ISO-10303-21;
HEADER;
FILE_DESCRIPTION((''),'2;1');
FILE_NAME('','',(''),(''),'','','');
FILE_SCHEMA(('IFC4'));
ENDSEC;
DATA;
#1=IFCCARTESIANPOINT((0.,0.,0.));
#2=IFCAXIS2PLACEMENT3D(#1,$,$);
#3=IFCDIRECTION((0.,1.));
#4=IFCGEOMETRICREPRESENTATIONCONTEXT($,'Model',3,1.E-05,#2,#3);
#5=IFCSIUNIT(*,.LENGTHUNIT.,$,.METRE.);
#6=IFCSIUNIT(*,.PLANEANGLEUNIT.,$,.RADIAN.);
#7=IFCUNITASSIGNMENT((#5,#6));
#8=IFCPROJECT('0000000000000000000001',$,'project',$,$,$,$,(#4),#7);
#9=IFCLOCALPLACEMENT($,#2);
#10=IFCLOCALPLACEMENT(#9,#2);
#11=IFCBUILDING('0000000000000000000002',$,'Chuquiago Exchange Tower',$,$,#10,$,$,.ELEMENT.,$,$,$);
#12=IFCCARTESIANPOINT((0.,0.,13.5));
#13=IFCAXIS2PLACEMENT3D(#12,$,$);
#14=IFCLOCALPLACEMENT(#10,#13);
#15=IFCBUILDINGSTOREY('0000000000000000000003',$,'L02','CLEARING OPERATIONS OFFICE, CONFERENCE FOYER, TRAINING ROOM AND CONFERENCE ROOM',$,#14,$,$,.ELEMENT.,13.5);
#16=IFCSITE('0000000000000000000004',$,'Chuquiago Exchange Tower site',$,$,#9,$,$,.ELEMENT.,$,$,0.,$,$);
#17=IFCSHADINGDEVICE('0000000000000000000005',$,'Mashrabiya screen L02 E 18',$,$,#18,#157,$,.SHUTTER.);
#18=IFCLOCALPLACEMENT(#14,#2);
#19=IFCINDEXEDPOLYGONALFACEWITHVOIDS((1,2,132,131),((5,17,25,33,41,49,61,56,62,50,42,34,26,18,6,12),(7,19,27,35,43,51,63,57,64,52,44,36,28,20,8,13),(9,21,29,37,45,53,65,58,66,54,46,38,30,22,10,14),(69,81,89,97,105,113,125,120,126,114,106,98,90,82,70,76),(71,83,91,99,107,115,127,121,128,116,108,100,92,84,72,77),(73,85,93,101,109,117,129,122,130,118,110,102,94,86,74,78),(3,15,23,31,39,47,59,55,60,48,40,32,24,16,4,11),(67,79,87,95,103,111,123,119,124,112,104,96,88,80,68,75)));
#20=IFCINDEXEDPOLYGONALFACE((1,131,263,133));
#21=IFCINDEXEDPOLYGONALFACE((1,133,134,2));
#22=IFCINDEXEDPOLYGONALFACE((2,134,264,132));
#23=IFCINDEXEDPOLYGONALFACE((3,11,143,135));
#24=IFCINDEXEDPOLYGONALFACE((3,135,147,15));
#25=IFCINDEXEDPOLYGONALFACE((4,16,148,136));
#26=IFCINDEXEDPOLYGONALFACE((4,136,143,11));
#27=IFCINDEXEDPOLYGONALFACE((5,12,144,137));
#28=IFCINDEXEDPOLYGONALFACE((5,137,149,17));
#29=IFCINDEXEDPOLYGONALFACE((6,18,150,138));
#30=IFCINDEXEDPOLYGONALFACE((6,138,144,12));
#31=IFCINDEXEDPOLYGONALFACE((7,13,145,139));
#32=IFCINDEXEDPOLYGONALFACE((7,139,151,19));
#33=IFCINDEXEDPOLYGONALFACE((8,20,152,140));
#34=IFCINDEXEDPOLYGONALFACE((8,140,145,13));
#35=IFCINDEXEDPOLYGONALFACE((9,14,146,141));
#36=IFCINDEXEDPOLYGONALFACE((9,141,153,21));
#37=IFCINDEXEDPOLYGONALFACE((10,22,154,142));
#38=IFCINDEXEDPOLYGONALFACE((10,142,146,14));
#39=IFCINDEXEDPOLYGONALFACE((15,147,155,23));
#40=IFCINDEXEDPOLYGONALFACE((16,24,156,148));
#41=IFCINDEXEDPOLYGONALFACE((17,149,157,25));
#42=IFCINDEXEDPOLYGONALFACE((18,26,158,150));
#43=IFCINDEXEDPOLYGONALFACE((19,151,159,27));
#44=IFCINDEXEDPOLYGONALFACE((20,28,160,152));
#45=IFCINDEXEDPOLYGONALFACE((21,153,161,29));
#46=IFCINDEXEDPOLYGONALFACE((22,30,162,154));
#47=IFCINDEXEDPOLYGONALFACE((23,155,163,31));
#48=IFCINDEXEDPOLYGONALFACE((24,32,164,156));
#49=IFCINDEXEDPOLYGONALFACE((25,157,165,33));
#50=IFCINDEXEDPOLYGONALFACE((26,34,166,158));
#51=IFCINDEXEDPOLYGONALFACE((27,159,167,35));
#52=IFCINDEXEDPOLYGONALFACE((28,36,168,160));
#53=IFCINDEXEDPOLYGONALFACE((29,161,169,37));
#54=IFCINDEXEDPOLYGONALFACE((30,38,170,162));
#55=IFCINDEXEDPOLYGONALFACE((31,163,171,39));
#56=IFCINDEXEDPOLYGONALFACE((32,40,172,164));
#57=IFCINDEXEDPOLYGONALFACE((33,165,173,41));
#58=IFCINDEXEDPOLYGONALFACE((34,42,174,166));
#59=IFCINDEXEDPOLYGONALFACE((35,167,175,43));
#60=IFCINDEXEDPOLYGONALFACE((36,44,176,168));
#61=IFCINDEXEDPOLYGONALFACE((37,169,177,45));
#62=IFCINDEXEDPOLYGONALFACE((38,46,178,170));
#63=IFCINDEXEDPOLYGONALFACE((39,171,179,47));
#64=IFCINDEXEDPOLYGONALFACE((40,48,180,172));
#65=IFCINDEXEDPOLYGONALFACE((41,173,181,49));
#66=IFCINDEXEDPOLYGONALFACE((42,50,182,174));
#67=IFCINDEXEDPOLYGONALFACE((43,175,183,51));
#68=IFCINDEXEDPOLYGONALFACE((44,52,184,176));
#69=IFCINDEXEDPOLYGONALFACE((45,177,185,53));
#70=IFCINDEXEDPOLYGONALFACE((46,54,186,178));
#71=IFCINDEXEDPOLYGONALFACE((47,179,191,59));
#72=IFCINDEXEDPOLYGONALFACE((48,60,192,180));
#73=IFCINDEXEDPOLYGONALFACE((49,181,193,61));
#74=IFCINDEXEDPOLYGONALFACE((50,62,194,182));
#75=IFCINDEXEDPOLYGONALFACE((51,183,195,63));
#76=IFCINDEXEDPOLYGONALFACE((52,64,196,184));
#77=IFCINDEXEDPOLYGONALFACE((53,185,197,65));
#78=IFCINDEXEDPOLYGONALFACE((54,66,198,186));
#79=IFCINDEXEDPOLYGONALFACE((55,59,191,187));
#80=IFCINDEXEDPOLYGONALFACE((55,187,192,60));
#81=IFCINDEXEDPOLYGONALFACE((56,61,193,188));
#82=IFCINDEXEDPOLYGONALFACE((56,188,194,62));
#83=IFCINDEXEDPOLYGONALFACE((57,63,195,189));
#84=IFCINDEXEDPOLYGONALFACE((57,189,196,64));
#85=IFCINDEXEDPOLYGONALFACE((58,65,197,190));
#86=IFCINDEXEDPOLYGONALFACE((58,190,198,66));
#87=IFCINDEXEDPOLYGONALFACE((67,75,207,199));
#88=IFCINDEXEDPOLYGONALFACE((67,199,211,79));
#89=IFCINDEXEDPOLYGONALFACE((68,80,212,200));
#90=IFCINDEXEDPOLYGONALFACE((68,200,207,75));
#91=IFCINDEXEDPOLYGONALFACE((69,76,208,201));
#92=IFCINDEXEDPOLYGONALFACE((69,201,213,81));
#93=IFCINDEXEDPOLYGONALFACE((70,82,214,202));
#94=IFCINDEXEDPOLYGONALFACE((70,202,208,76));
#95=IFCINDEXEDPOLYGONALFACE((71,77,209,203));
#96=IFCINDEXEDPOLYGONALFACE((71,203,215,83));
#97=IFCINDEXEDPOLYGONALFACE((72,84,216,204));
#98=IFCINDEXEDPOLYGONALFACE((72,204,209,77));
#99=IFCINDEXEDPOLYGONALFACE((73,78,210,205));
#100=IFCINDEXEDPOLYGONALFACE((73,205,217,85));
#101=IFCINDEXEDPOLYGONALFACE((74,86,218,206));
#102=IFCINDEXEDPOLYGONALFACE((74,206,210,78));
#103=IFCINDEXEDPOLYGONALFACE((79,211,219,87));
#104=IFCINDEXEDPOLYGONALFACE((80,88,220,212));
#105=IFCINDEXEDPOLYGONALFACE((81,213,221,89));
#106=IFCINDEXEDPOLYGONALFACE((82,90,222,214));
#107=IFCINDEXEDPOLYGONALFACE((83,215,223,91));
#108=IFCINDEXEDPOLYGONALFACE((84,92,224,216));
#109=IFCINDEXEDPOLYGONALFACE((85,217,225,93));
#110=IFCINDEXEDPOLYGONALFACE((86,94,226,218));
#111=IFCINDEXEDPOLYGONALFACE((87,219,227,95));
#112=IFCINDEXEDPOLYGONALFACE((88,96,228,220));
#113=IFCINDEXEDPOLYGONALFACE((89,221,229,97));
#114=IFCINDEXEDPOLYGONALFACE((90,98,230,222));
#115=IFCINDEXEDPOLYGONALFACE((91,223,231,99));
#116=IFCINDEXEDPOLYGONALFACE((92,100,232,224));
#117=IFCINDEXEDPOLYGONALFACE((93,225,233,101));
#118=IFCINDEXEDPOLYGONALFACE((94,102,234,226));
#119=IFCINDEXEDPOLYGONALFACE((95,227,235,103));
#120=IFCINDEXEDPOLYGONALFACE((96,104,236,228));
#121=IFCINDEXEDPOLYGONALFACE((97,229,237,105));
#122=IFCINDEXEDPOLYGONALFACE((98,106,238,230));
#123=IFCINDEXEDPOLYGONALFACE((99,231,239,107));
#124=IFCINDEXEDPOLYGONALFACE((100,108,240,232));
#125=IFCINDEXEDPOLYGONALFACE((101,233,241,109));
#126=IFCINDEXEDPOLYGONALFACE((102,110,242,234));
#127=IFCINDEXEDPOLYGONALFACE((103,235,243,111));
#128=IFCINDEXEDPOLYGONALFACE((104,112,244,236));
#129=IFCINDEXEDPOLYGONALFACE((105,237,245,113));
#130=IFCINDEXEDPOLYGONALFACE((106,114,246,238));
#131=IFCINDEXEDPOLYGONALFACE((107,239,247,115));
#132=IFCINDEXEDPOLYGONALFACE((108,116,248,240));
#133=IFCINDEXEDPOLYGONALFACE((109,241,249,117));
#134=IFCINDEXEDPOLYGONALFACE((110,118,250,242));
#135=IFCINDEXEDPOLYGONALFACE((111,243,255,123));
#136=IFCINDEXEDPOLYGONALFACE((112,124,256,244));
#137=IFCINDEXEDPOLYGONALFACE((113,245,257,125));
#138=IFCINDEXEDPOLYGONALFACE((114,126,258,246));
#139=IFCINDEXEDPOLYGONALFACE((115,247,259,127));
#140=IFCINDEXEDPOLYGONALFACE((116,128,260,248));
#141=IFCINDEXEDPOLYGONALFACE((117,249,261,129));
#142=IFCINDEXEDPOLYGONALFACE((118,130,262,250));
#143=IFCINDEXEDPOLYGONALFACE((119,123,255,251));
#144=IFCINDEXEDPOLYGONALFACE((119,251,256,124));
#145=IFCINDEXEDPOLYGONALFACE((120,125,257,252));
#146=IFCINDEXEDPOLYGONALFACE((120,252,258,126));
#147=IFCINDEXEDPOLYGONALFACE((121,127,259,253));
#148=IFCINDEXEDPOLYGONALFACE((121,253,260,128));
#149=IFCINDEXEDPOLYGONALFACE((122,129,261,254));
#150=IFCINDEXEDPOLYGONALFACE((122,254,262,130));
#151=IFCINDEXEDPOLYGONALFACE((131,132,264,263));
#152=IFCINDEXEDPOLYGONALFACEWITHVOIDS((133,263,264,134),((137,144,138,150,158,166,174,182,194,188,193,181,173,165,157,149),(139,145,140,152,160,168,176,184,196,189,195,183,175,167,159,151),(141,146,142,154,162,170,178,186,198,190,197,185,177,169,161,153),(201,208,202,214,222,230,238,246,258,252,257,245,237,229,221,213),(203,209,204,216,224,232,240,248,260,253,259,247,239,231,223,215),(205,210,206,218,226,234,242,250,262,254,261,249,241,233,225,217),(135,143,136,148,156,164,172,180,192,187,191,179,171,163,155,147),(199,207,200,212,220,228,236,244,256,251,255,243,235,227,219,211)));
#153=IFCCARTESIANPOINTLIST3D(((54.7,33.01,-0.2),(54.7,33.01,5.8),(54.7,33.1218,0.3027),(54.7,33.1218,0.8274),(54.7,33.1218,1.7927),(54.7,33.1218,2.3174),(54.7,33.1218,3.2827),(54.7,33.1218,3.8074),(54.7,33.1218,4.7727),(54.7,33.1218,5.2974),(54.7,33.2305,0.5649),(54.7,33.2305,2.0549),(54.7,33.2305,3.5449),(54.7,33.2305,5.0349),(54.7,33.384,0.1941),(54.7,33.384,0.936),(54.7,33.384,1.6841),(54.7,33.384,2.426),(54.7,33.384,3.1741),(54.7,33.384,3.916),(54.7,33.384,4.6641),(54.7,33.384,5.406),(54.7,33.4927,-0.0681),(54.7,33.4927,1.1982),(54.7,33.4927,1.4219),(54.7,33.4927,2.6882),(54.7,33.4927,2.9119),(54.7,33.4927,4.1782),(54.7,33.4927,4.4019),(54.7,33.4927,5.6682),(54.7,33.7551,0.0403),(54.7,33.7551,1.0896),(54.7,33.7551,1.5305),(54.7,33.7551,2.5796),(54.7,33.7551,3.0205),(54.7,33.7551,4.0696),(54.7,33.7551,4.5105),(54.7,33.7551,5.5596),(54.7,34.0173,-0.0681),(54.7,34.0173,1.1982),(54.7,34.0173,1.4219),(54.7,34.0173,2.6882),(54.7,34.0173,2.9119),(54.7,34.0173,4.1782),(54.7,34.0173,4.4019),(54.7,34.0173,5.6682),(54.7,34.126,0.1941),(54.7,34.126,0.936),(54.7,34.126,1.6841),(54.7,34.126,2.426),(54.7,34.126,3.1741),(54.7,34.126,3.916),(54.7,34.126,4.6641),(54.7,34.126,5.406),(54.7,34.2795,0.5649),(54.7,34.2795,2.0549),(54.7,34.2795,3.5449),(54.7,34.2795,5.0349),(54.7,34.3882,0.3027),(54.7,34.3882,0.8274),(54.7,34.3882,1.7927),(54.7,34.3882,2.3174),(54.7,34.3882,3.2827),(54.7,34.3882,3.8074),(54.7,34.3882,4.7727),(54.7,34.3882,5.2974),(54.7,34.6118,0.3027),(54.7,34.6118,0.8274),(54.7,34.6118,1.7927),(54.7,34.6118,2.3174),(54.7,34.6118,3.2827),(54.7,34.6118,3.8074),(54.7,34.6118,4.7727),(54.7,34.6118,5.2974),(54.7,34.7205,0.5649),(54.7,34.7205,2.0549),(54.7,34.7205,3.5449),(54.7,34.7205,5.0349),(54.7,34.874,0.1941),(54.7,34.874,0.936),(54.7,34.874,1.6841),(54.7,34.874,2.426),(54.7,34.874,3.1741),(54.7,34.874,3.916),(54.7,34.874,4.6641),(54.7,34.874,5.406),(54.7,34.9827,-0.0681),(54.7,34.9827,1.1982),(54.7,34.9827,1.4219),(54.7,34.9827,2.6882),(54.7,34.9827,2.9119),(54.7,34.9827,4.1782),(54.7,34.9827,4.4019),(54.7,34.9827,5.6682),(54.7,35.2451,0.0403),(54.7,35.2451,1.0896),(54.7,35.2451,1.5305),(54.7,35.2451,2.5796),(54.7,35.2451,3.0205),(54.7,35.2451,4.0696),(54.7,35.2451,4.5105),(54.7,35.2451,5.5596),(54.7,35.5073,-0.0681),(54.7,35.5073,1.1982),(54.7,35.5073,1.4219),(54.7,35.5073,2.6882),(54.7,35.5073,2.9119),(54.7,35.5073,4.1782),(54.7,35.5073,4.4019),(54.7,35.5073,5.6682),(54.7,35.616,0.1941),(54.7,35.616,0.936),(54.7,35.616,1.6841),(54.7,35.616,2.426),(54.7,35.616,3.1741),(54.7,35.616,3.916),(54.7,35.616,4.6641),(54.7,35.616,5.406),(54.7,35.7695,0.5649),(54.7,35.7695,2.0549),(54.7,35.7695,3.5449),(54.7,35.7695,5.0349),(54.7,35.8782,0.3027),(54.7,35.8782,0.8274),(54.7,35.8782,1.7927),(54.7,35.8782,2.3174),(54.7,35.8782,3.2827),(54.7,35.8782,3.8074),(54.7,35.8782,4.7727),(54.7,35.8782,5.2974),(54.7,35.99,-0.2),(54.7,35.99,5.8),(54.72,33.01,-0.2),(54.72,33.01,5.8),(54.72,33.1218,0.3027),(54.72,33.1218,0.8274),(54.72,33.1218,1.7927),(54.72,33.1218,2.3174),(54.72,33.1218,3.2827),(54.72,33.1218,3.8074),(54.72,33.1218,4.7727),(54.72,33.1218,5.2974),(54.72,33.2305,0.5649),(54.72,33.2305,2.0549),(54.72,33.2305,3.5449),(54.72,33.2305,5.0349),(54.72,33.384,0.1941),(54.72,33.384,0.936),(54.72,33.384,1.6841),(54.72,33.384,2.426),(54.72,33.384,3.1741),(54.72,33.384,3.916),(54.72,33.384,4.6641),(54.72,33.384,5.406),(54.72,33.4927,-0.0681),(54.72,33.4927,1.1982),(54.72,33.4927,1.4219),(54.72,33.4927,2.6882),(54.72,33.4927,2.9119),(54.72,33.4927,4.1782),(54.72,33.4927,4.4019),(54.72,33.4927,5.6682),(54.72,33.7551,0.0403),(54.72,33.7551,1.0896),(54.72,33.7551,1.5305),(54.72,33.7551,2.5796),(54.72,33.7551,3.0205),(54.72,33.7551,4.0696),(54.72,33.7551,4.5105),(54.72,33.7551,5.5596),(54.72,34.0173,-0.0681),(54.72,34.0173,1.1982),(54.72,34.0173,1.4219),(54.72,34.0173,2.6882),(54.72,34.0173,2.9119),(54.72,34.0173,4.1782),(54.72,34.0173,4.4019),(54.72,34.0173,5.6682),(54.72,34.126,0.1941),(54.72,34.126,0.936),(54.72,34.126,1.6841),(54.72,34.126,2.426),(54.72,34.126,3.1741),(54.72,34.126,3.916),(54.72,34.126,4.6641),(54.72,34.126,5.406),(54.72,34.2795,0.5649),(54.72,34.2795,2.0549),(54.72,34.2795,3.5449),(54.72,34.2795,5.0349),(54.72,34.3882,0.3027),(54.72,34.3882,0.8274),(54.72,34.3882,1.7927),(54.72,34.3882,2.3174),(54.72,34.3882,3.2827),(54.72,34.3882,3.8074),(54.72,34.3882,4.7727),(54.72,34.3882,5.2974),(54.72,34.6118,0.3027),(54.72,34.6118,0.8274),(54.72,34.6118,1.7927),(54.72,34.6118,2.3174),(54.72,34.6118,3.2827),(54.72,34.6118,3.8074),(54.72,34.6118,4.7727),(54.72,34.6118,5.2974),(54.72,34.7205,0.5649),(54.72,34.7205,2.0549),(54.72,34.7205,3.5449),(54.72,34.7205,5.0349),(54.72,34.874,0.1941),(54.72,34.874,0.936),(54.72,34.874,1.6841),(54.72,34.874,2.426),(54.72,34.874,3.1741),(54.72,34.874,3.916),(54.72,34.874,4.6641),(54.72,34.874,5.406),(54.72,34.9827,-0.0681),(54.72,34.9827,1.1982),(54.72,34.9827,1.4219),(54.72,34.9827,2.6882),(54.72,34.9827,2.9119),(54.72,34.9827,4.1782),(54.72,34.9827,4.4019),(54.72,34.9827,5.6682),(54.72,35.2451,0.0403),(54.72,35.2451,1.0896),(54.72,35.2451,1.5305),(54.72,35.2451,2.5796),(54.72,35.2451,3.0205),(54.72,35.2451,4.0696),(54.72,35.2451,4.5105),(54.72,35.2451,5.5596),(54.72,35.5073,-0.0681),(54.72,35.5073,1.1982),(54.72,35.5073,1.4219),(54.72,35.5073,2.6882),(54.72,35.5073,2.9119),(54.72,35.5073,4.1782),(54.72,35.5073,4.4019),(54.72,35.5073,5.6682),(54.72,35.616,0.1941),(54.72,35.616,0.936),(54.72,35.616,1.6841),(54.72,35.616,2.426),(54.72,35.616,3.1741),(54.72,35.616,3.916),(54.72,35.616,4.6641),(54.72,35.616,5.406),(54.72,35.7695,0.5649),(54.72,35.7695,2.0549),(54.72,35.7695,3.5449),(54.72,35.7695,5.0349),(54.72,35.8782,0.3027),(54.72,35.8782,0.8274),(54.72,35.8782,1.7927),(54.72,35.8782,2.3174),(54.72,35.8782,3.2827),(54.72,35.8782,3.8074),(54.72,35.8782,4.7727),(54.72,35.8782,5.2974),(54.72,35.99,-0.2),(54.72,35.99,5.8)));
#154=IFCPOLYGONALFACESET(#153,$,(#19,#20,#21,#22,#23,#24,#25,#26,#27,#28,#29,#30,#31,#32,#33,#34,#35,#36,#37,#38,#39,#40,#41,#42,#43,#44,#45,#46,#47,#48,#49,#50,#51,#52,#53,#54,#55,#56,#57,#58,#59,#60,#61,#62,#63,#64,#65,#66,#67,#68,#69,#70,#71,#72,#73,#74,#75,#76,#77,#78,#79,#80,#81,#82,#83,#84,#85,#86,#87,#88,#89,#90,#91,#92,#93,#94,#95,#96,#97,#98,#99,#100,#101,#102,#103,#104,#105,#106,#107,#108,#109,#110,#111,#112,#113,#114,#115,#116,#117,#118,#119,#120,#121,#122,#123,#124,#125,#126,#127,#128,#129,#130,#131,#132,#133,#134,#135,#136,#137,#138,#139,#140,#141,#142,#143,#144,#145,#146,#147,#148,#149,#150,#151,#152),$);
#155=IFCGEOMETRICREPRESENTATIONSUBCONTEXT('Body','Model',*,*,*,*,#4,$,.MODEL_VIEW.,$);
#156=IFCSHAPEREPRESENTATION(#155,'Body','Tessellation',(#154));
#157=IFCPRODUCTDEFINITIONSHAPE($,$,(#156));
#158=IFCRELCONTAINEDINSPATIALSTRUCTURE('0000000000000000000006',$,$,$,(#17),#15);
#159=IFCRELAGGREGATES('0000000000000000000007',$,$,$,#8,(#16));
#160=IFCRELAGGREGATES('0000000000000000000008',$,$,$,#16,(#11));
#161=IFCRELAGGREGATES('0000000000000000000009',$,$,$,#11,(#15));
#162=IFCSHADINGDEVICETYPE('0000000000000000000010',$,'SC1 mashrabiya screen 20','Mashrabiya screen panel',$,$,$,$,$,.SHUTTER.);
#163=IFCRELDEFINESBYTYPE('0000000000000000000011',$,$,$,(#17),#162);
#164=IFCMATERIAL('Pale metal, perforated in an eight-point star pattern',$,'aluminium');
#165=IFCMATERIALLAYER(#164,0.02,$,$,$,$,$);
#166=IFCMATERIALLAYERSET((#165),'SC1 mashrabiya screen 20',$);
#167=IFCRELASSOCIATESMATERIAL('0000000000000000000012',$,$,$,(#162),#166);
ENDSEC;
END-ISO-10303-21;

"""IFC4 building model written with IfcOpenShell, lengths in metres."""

from ifc_helpers import new_model, si_unit, direction, frame, origin, place, context, subcontext, project, spatial, polyline, outline, extrude, material, layer, layer_set, type_object, element, save


model = new_model("IFC4")

# Units and contexts
model_context = context("Model", 3, precision=1e-05, world=origin(), true_north=direction((0.0, 1.0)))
body_context = subcontext(model_context, "Body", "Model", "MODEL_VIEW")
ifc_project = project(units=[si_unit("LENGTHUNIT", "METRE"), si_unit("PLANEANGLEUNIT", "RADIAN")], contexts=[model_context])

# Site, building, storey
site_placement = place(None, origin())
site = spatial("IfcSite", under=ifc_project, at=site_placement, Name="Chuquiago Exchange Tower site", CompositionType="ELEMENT", RefElevation=0.0)
building_placement = place(site_placement, origin())
building = spatial("IfcBuilding", under=site, at=building_placement, Name="Chuquiago Exchange Tower", CompositionType="ELEMENT")
storey_placement = place(building_placement, frame((0.0, 0.0, 13.5)))
storey = spatial("IfcBuildingStorey", under=building, at=storey_placement, Name="L02", Description="CLEARING OPERATIONS OFFICE, CONFERENCE FOYER, TRAINING ROOM AND CONFERENCE ROOM", CompositionType="ELEMENT", Elevation=13.5)

# Shading device
ifc_material_1 = material(Name="Pale metal, perforated in an eight-point star pattern", Category="aluminium")
ifc_layer_1 = layer(ifc_material_1, 0.02)
ifc_layer_set_1 = layer_set([ifc_layer_1], Name="SC1 mashrabiya screen 20")
shading_device_type = type_object("IfcShadingDeviceType", Name="SC1 mashrabiya screen 20", Description="Mashrabiya screen panel", PredefinedType="SHUTTER", material=ifc_layer_set_1)
shading_device_1_placement = place(storey_placement, frame((54.7, 33.01, -0.2), z_axis=(0.0, 0.0, 1.0), x_axis=(0.0, 1.0, 0.0)))
element("IfcShadingDevice", 1, at=shading_device_1_placement, inside=storey, type_object=shading_device_type, Name="Mashrabiya screen L02 E 18", PredefinedType="SHUTTER", context=body_context, shape_type="SweptSolid", body=[
    extrude(outline(polyline([(0.0, 0.0), (2.98, 0.0), (2.98, 6.0), (0.0, 6.0), (0.0, 0.0)]), holes=[polyline([(1.2695, 0.7649), (1.3782, 1.0273), (1.116, 1.136), (1.0073, 1.3982), (0.7451, 1.2896), (0.4827, 1.3982), (0.374, 1.136), (0.1118, 1.0273), (0.2205, 0.7649), (0.1118, 0.5027), (0.374, 0.394), (0.4827, 0.1318), (0.7451, 0.2402), (1.0073, 0.1318), (1.116, 0.394), (1.3782, 0.5027), (1.2695, 0.7649)]), polyline([(2.7595, 0.7649), (2.8682, 1.0273), (2.606, 1.136), (2.4973, 1.3982), (2.2351, 1.2896), (1.9727, 1.3982), (1.864, 1.136), (1.6018, 1.0273), (1.7104, 0.7649), (1.6018, 0.5027), (1.864, 0.394), (1.9727, 0.1318), (2.2351, 0.2402), (2.4973, 0.1318), (2.606, 0.394), (2.8682, 0.5027), (2.7595, 0.7649)]), polyline([(1.2695, 2.2549), (1.3782, 2.5173), (1.116, 2.626), (1.0073, 2.8882), (0.7451, 2.7795), (0.4827, 2.8882), (0.374, 2.626), (0.1118, 2.5173), (0.2205, 2.2549), (0.1118, 1.9927), (0.374, 1.884), (0.4827, 1.6218), (0.7451, 1.7305), (1.0073, 1.6218), (1.116, 1.884), (1.3782, 1.9927), (1.2695, 2.2549)]), polyline([(2.7595, 2.2549), (2.8682, 2.5173), (2.606, 2.626), (2.4973, 2.8882), (2.2351, 2.7795), (1.9727, 2.8882), (1.864, 2.626), (1.6018, 2.5173), (1.7104, 2.2549), (1.6018, 1.9927), (1.864, 1.884), (1.9727, 1.6218), (2.2351, 1.7305), (2.4973, 1.6218), (2.606, 1.884), (2.8682, 1.9927), (2.7595, 2.2549)]), polyline([(1.2695, 3.7449), (1.3782, 4.0073), (1.116, 4.116), (1.0073, 4.3782), (0.7451, 4.2695), (0.4827, 4.3782), (0.374, 4.116), (0.1118, 4.0073), (0.2205, 3.7449), (0.1118, 3.4827), (0.374, 3.374), (0.4827, 3.1118), (0.7451, 3.2205), (1.0073, 3.1118), (1.116, 3.374), (1.3782, 3.4827), (1.2695, 3.7449)]), polyline([(2.7595, 3.7449), (2.8682, 4.0073), (2.606, 4.116), (2.4973, 4.3782), (2.2351, 4.2695), (1.9727, 4.3782), (1.864, 4.116), (1.6018, 4.0073), (1.7104, 3.7449), (1.6018, 3.4827), (1.864, 3.374), (1.9727, 3.1118), (2.2351, 3.2205), (2.4973, 3.1118), (2.606, 3.374), (2.8682, 3.4827), (2.7595, 3.7449)]), polyline([(1.2695, 5.2349), (1.3782, 5.4973), (1.116, 5.606), (1.0073, 5.8682), (0.7451, 5.7595), (0.4827, 5.8682), (0.374, 5.606), (0.1118, 5.4973), (0.2205, 5.2349), (0.1118, 4.9727), (0.374, 4.864), (0.4827, 4.6018), (0.7451, 4.7104), (1.0073, 4.6018), (1.116, 4.864), (1.3782, 4.9727), (1.2695, 5.2349)]), polyline([(2.7595, 5.2349), (2.8682, 5.4973), (2.606, 5.606), (2.4973, 5.8682), (2.2351, 5.7595), (1.9727, 5.8682), (1.864, 5.606), (1.6018, 5.4973), (1.7104, 5.2349), (1.6018, 4.9727), (1.864, 4.864), (1.9727, 4.6018), (2.2351, 4.7104), (2.4973, 4.6018), (2.606, 4.864), (2.8682, 4.9727), (2.7595, 5.2349)])]), frame((0.0, 0.0, 0.0), z_axis=(0.0, -1.0, 0.0), x_axis=(1.0, 0.0, 0.0)), (0.0, 0.0, 1.0), 0.02),
])

save(model, "model.ifc")
